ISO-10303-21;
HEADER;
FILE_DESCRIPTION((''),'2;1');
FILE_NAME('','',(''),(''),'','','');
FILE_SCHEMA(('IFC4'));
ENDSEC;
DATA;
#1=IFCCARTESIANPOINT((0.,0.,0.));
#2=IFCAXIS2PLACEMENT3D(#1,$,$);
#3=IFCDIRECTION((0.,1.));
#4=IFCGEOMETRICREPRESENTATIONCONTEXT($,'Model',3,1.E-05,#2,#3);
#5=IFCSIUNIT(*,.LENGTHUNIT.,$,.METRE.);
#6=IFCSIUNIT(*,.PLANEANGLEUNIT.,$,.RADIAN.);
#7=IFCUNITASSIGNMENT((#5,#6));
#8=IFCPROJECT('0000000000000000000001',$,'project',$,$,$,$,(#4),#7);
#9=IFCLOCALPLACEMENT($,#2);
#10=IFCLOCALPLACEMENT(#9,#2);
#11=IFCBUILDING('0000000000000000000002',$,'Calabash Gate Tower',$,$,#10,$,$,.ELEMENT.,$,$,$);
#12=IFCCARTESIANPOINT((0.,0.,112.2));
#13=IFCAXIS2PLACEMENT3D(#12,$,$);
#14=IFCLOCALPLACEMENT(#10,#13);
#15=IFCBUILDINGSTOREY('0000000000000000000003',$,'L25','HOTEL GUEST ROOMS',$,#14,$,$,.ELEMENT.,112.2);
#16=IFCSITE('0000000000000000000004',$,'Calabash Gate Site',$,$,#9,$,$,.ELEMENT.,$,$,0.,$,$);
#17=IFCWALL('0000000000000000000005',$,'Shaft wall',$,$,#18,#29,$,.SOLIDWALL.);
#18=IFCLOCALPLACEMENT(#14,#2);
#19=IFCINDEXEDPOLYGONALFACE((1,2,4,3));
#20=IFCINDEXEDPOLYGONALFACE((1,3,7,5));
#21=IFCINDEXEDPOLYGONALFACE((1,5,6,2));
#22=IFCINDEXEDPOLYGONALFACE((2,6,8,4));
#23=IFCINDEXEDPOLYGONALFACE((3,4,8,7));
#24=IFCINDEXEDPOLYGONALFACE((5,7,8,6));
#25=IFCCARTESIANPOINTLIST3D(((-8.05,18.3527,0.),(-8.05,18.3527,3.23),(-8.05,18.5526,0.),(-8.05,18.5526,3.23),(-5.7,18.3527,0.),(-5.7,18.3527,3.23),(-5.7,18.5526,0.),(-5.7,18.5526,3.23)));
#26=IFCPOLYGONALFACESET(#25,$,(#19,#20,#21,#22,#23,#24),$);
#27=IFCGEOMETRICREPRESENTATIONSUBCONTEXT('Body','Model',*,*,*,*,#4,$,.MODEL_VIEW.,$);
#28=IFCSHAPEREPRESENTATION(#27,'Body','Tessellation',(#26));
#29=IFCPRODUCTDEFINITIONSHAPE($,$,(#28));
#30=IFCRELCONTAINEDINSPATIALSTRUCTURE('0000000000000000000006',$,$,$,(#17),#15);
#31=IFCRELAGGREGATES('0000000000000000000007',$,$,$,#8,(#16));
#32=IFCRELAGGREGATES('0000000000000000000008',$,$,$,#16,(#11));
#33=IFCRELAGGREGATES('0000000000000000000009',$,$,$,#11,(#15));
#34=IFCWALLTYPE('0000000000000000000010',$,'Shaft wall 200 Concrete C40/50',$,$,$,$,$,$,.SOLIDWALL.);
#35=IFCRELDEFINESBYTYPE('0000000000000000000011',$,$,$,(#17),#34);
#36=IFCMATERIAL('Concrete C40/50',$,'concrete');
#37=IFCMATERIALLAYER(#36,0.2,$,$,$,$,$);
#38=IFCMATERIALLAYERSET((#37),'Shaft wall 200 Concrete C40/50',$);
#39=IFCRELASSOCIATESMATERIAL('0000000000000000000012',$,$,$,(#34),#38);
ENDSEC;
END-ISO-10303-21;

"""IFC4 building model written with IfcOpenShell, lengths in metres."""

from ifc_helpers import new_model, si_unit, direction, frame, frame_2d, origin, place, context, subcontext, project, spatial, rectangle, extrude, material, layer, layer_set, type_object, element, save


model = new_model("IFC4")

# Units and contexts
model_context = context("Model", 3, precision=1e-05, world=origin(), true_north=direction((0.0, 1.0)))
body_context = subcontext(model_context, "Body", "Model", "MODEL_VIEW")
ifc_project = project(units=[si_unit("LENGTHUNIT", "METRE"), si_unit("PLANEANGLEUNIT", "RADIAN")], contexts=[model_context])

# Site, building, storey
site_placement = place(None, origin())
site = spatial("IfcSite", under=ifc_project, at=site_placement, Name="Calabash Gate Site", CompositionType="ELEMENT", RefElevation=0.0)
building_placement = place(site_placement, origin())
building = spatial("IfcBuilding", under=site, at=building_placement, Name="Calabash Gate Tower", CompositionType="ELEMENT")
storey_placement = place(building_placement, frame((0.0, 0.0, 112.2)))
storey = spatial("IfcBuildingStorey", under=building, at=storey_placement, Name="L25", Description="HOTEL GUEST ROOMS", CompositionType="ELEMENT", Elevation=112.2)

# Shared definitions
ifc_material_1 = material(Name="Concrete C40/50", Category="concrete")
ifc_layer_1 = layer(ifc_material_1, 0.2)
ifc_layer_set_1 = layer_set([ifc_layer_1], Name="Shaft wall 200 Concrete C40/50")
wall_type_1 = type_object("IfcWallType", Name="Shaft wall 200 Concrete C40/50", PredefinedType="SOLIDWALL", material=ifc_layer_set_1)

# Wall
wall_1_placement = place(storey_placement, frame((-8.05, 18.4526, 0.0), z_axis=(0.0, 0.0, 1.0), x_axis=(1.0, 0.0, 0.0)))
element("IfcWall", 1, at=wall_1_placement, inside=storey, type_object=wall_type_1, Name="Shaft wall", PredefinedType="SOLIDWALL", context=body_context, shape_type="SweptSolid", body=[
    extrude(rectangle(XDim=2.3501, YDim=0.2, at=frame_2d((1.175, 0.0))), origin(), (0.0, 0.0, 1.0), 3.23),
])

save(model, "model.ifc")
